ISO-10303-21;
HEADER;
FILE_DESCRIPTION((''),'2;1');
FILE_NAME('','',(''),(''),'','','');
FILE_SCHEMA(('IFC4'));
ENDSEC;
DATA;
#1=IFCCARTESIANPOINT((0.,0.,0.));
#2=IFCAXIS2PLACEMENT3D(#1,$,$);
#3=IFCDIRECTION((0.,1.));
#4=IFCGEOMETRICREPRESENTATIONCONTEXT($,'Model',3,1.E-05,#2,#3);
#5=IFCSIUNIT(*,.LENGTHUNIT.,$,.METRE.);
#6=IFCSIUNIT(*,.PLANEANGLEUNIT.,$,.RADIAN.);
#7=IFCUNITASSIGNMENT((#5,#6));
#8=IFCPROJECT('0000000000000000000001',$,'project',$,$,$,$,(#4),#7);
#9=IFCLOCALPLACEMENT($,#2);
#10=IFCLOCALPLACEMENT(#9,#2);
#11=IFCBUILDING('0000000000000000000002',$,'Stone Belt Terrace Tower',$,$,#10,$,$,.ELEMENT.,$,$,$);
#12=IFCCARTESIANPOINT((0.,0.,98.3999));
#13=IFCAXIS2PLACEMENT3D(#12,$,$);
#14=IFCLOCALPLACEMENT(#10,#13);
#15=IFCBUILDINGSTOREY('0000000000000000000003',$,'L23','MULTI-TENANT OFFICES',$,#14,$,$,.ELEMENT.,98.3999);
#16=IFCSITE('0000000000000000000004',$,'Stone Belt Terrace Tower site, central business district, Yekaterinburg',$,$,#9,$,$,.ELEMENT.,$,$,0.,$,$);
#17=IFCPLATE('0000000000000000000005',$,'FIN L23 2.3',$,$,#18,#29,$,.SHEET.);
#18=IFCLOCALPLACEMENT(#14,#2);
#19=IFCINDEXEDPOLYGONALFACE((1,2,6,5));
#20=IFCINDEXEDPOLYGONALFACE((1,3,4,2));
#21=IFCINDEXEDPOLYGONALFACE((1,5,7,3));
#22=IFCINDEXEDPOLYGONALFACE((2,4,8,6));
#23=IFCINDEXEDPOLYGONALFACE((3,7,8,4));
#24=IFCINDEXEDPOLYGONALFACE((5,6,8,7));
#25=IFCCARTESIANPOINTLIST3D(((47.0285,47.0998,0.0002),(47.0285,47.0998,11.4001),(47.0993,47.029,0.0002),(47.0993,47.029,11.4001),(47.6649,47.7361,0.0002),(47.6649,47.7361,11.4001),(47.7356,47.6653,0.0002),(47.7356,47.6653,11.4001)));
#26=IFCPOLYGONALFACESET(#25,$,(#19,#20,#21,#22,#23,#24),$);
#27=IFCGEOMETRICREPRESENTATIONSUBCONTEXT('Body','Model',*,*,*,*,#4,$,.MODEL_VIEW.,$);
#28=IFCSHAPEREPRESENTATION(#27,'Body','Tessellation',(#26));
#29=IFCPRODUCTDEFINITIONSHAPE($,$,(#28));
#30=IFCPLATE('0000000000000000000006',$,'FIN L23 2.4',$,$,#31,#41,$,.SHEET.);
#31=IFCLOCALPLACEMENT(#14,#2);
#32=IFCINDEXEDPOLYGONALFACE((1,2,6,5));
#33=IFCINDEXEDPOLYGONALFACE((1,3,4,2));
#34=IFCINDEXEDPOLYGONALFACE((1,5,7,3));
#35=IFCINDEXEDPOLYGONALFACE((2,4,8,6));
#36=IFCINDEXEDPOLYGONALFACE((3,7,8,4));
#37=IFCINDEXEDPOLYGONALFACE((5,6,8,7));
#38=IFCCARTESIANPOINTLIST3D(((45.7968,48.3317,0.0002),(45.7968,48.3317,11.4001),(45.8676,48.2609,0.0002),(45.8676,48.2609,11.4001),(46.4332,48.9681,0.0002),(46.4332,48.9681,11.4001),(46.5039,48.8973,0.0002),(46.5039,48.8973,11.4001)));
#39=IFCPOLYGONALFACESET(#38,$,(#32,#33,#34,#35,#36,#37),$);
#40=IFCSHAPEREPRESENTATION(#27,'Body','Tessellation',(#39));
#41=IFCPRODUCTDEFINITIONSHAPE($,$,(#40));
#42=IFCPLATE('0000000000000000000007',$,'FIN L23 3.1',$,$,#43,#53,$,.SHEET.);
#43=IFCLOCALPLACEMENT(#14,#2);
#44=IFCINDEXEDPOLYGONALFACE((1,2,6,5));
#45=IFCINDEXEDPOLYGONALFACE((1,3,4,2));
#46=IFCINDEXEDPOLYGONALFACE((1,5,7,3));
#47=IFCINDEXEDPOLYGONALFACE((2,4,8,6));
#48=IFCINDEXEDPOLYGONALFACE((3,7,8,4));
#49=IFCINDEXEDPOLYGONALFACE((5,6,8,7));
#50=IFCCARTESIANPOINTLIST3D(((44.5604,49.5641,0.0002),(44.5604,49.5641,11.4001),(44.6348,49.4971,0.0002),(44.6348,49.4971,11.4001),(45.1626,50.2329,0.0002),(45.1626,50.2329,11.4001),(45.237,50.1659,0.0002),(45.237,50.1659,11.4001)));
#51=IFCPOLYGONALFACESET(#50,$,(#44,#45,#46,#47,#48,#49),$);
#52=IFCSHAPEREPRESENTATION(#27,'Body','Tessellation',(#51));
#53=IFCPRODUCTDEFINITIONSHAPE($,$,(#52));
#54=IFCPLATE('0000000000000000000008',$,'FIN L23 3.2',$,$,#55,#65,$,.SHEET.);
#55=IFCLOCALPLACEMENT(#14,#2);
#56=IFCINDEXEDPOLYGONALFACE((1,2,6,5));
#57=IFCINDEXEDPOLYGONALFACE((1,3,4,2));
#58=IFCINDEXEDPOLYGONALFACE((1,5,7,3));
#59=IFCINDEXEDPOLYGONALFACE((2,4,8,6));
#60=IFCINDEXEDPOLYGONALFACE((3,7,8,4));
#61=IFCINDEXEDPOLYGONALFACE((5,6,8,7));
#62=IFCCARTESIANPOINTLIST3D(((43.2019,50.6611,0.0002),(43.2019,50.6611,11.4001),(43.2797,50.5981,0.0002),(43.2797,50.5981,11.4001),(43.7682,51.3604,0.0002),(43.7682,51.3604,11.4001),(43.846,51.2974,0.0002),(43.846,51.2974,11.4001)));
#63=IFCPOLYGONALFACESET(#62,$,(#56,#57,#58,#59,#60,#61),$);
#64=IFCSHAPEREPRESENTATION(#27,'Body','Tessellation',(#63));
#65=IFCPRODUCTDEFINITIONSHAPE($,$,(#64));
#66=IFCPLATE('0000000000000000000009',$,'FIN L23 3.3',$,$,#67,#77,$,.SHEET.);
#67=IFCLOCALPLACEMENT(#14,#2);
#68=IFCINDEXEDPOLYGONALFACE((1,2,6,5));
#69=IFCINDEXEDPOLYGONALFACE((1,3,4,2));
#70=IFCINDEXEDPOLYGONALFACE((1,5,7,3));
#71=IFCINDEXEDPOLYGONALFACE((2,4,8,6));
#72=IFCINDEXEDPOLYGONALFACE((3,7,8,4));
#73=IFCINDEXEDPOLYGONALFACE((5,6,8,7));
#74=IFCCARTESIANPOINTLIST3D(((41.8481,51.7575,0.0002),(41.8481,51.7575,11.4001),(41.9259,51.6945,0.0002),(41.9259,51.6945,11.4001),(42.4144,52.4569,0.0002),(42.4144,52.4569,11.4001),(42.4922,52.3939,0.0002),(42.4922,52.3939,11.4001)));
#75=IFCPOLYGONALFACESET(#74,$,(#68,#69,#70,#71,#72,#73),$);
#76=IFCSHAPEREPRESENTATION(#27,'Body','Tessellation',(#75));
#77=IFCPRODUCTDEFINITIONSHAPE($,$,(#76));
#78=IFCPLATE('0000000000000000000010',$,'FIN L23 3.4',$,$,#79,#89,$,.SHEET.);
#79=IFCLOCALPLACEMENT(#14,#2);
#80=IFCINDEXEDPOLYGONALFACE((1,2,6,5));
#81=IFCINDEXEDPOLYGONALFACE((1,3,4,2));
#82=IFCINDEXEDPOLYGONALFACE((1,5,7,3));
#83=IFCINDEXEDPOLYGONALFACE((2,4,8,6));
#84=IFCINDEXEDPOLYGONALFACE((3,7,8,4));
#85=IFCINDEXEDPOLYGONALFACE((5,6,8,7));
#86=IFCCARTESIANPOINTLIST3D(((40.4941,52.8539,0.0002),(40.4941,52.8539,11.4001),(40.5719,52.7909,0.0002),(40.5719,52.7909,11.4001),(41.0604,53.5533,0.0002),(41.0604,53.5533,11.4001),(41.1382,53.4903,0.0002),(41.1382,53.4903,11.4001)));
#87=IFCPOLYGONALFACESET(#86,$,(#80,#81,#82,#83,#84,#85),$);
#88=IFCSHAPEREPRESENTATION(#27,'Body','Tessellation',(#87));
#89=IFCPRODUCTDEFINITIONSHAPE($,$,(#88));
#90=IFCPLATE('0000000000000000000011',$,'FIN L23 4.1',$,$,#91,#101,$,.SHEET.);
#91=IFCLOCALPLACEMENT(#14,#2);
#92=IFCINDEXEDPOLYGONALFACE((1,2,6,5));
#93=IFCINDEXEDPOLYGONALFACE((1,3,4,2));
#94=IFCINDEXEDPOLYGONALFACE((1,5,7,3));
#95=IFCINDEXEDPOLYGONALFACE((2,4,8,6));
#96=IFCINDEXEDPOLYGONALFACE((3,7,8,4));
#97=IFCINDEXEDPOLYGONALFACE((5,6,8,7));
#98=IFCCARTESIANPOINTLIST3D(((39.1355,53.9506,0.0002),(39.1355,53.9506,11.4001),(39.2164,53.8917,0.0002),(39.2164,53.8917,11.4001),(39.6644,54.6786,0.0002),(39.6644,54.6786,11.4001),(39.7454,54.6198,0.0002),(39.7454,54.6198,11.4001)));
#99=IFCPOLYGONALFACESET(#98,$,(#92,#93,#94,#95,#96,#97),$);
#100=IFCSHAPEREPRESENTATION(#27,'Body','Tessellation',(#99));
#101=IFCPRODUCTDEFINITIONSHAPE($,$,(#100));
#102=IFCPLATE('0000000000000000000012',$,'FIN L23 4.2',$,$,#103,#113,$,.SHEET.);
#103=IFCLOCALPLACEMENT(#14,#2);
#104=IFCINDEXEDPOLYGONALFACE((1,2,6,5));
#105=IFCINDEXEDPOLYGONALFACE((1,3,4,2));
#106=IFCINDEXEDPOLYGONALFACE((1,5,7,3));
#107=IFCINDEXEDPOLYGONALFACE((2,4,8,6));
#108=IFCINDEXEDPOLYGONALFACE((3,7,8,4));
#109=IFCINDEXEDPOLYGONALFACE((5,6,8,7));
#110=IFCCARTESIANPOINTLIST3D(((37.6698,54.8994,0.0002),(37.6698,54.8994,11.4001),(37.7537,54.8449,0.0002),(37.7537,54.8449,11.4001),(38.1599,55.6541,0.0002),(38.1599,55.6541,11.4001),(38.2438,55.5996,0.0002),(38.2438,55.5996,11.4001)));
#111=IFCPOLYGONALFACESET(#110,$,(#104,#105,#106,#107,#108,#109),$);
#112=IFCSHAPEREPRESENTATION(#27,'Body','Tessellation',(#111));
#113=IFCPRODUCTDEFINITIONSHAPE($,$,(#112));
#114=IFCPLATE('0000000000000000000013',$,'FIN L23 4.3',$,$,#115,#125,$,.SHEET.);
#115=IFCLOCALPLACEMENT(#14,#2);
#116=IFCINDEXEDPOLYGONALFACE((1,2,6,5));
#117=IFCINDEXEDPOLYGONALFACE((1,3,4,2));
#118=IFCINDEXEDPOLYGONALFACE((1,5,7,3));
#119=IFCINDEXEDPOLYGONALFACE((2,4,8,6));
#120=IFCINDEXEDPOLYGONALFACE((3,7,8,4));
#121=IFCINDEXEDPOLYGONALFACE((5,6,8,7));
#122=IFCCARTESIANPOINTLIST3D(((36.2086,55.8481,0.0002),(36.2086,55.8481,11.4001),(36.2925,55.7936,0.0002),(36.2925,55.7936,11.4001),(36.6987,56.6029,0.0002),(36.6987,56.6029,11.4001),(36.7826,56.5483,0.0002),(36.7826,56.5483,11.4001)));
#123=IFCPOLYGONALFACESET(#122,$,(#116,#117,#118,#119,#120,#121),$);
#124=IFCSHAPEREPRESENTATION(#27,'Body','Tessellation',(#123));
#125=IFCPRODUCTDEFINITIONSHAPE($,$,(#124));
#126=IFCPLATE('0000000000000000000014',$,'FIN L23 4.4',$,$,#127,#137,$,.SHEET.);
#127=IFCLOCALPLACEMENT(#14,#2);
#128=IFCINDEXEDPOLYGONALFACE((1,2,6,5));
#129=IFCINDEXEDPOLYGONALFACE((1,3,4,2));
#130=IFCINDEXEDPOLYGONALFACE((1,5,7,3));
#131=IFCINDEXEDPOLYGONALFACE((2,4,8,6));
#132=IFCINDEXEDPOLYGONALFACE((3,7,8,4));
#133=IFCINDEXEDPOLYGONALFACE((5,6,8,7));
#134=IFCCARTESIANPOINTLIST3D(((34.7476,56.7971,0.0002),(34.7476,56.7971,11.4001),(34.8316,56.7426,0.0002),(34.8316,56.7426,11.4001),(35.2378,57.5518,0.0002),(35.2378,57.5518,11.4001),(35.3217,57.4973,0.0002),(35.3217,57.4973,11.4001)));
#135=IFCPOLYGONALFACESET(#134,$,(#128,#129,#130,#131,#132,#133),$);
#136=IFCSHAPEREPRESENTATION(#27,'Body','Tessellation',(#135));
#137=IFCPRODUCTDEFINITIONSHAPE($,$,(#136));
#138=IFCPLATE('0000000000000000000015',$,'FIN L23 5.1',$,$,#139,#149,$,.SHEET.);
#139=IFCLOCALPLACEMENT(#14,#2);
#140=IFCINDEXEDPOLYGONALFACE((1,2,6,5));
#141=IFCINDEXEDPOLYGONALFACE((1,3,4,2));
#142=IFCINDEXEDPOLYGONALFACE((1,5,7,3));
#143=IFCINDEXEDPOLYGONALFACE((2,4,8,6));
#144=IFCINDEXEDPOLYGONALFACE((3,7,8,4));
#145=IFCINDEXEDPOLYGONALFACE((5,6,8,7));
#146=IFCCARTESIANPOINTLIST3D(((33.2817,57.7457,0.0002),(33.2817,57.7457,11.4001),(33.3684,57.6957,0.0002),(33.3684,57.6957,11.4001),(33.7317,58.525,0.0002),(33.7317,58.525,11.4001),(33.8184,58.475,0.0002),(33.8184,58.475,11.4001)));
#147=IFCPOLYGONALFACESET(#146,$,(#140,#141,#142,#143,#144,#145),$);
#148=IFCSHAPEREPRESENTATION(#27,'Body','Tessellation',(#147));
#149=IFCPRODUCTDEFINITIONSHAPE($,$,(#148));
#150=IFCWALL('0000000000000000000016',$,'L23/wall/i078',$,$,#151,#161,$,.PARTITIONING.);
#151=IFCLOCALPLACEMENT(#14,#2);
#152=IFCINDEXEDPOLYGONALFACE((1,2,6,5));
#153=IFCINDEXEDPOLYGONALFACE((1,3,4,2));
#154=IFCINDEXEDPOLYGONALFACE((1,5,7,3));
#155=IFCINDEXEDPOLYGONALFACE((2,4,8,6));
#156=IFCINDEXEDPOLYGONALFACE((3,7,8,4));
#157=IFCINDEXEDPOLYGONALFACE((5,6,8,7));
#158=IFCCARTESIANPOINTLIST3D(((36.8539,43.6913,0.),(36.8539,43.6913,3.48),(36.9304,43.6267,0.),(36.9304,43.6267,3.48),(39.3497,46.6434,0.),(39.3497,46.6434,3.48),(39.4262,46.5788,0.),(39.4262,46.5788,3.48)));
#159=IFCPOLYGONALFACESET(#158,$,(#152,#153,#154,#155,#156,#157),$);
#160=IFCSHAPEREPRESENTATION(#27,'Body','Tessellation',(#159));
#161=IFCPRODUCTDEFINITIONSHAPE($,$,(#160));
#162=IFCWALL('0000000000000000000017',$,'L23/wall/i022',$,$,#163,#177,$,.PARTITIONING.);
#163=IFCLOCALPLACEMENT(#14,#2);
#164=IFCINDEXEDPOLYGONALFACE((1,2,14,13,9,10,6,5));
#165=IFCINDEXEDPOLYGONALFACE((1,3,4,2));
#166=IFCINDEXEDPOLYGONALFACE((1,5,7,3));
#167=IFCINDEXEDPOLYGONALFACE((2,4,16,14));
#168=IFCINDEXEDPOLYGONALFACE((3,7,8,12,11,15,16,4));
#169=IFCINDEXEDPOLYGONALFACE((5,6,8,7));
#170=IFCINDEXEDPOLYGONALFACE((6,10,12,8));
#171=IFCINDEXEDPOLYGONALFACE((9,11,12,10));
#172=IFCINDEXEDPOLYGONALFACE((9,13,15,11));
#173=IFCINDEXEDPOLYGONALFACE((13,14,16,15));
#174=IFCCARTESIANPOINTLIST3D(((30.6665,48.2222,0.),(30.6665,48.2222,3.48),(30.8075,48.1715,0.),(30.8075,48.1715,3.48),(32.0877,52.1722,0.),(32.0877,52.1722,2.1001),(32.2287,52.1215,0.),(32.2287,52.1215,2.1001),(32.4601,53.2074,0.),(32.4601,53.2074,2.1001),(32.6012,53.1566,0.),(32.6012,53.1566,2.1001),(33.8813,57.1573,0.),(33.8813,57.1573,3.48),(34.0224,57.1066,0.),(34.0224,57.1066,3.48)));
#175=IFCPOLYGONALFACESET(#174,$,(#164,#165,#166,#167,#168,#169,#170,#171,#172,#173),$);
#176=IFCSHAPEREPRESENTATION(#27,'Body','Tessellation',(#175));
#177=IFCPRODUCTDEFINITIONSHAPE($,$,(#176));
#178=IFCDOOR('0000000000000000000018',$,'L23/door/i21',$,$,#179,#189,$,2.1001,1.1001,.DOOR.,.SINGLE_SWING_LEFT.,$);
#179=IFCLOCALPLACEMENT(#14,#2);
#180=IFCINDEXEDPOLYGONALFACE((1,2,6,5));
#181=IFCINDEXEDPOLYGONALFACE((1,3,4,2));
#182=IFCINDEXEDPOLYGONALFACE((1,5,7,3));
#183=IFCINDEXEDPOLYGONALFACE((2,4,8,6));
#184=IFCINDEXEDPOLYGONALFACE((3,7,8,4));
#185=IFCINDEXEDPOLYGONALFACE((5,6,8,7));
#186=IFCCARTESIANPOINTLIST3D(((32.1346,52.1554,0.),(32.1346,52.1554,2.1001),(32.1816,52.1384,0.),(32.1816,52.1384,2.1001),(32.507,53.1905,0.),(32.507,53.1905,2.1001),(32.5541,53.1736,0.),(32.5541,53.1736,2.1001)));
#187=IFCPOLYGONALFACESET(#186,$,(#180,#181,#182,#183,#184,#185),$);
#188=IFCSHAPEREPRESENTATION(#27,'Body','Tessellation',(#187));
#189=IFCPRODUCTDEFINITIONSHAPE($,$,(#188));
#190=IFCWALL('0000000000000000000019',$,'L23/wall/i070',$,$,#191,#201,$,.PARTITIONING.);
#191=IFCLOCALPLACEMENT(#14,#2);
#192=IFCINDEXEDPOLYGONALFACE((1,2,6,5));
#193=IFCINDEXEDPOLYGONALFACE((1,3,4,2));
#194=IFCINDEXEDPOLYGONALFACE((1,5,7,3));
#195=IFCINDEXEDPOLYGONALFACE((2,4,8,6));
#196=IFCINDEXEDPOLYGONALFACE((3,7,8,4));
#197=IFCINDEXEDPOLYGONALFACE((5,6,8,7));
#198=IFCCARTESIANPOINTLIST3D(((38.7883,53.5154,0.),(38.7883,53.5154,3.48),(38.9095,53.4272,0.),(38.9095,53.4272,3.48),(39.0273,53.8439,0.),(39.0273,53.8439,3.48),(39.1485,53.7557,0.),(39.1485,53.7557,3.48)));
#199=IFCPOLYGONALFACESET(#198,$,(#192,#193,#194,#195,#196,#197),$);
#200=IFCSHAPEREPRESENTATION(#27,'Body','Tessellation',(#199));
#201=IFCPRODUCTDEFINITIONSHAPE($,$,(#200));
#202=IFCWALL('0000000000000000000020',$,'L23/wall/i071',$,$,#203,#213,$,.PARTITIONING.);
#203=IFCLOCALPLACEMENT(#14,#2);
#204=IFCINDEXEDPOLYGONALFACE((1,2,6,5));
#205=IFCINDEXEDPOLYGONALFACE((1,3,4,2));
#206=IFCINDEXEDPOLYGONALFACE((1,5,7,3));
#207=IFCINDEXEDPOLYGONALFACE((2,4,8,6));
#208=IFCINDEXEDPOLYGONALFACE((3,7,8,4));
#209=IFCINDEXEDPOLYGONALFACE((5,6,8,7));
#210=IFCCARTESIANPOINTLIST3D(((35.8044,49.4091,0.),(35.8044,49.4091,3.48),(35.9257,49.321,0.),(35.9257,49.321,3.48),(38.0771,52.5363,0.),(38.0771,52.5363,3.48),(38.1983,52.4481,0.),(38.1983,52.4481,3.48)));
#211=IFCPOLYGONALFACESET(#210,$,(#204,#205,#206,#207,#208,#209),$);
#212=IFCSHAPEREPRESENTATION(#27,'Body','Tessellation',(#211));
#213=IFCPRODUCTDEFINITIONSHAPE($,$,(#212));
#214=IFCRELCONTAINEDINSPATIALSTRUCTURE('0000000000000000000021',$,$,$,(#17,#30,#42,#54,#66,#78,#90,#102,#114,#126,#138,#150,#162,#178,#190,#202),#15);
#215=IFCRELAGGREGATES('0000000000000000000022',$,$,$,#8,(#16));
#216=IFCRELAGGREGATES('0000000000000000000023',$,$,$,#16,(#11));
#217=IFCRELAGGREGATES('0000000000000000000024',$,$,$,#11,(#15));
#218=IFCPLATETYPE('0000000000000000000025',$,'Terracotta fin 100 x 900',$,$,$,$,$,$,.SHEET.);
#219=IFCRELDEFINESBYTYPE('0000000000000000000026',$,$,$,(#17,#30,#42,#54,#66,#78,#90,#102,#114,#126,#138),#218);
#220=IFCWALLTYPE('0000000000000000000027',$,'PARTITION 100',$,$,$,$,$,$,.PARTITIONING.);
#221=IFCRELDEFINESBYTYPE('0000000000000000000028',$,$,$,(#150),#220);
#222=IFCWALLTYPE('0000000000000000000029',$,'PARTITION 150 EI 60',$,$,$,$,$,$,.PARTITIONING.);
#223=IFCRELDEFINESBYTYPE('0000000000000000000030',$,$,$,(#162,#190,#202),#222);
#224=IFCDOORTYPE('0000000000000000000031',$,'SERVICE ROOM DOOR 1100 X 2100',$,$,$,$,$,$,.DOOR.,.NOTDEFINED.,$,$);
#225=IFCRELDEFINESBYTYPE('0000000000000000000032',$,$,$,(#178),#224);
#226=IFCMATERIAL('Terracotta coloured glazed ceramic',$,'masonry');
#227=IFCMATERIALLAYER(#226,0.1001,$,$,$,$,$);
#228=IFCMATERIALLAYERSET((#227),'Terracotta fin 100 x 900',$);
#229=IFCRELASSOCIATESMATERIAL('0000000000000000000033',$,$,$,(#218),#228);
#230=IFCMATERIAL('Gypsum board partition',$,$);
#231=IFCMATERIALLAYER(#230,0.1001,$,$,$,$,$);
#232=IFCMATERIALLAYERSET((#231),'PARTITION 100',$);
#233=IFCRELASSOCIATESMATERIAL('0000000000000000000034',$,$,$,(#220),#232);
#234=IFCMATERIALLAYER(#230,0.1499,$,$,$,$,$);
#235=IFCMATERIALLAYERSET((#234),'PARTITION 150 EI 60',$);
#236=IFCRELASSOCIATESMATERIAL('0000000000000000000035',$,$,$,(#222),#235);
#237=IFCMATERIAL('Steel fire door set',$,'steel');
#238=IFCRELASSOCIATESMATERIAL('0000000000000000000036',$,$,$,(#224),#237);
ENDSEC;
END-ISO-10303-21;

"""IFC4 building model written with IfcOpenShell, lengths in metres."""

from ifc_helpers import new_model, si_unit, direction, frame, frame_2d, origin, origin_2d, place, context, subcontext, project, spatial, rectangle, extrude, material, layer, layer_set, type_object, element, fill, save


model = new_model("IFC4")

# Units and contexts
model_context = context("Model", 3, precision=1e-05, world=origin(), true_north=direction((0.0, 1.0)))
body_context = subcontext(model_context, "Body", "Model", "MODEL_VIEW")
ifc_project = project(units=[si_unit("LENGTHUNIT", "METRE"), si_unit("PLANEANGLEUNIT", "RADIAN")], contexts=[model_context])

# Site, building, storey
site_placement = place(None, origin())
site = spatial("IfcSite", under=ifc_project, at=site_placement, Name="Stone Belt Terrace Tower site, central business district, Yekaterinburg", CompositionType="ELEMENT", RefElevation=0.0)
building_placement = place(site_placement, origin())
building = spatial("IfcBuilding", under=site, at=building_placement, Name="Stone Belt Terrace Tower", CompositionType="ELEMENT")
storey_placement = place(building_placement, frame((0.0, 0.0, 98.3999)))
storey = spatial("IfcBuildingStorey", under=building, at=storey_placement, Name="L23", Description="MULTI-TENANT OFFICES", CompositionType="ELEMENT", Elevation=98.3999)

# Plates
ifc_material_1 = material(Name="Terracotta coloured glazed ceramic", Category="masonry")
ifc_layer_1 = layer(ifc_material_1, 0.1001)
ifc_layer_set_1 = layer_set([ifc_layer_1], Name="Terracotta fin 100 x 900")
plate_type_1 = type_object("IfcPlateType", Name="Terracotta fin 100 x 900", PredefinedType="SHEET", material=ifc_layer_set_1)
for number, where, z_axis, x_axis, name in (
    (1, (47.3821, 47.3826, 0.0002), (0.0, 0.0, 1.0), (0.707107, 0.707107, 0.0), "FIN L23 2.3"),
    (2, (46.1504, 48.6145, 0.0002), (0.0, 0.0, 1.0), (0.707107, 0.707107, 0.0), "FIN L23 2.4"),
    (3, (44.8987, 49.865, 0.0002), (0.0, 0.0, 1.0), (0.669131, 0.743145, 0.0), "FIN L23 3.1"),
    (4, (43.5239, 50.9792, 0.0002), (0.0, 0.0, 1.0), (0.62932, 0.777146, 0.0), "FIN L23 3.2"),
    (5, (42.1702, 52.0757, 0.0002), (0.0, 0.0, 1.0), (0.62932, 0.777146, 0.0), "FIN L23 3.3"),
    (6, (40.8162, 53.1721, 0.0002), (0.0, 0.0, 1.0), (0.62932, 0.777146, 0.0), "FIN L23 3.4"),
    (7, (39.4404, 54.2852, 0.0002), (0.0, 0.0, 1.0), (0.587785, 0.809017, 0.0), "FIN L23 4.1"),
    (8, (37.9568, 55.2495, 0.0002), (0.0, 0.0, 1.0), (0.544639, 0.838671, 0.0), "FIN L23 4.2"),
    (9, (36.4956, 56.1982, 0.0002), (0.0, 0.0, 1.0), (0.544639, 0.838671, 0.0), "FIN L23 4.3"),
    (10, (35.0347, 57.1472, 0.0002), (0.0, 0.0, 1.0), (0.544639, 0.838671, 0.0), "FIN L23 4.4"),
    (11, (33.55, 58.1104, 0.0002), (0.0, 0.0, 1.0), (0.5, 0.866025, 0.0), "FIN L23 5.1"),
):
    element("IfcPlate", number, at=place(storey_placement, frame(where, z_axis=z_axis, x_axis=x_axis)), inside=storey, type_object=plate_type_1, Name=name, PredefinedType="SHEET", context=body_context, shape_type="SweptSolid", body=[
        extrude(rectangle(XDim=0.8999, YDim=0.1001, at=origin_2d()), origin(), (0.0, 0.0, 1.0), 11.3999),
    ])

# Wall
ifc_material_2 = material(Name="Gypsum board partition")
ifc_layer_2 = layer(ifc_material_2, 0.1001)
ifc_layer_set_2 = layer_set([ifc_layer_2], Name="PARTITION 100")
wall_type_1 = type_object("IfcWallType", Name="PARTITION 100", PredefinedType="PARTITIONING", material=ifc_layer_set_2)
wall_1_placement = place(storey_placement, frame((39.3879, 46.6111, 0.0), z_axis=(0.0, 0.0, 1.0), x_axis=(-0.645622, -0.763657, 0.0)))
element("IfcWall", 12, at=wall_1_placement, inside=storey, type_object=wall_type_1, Name="L23/wall/i078", PredefinedType="PARTITIONING", context=body_context, shape_type="SweptSolid", body=[
    extrude(rectangle(XDim=3.8657, YDim=0.1001, at=frame_2d((1.9329, 0.0))), origin(), (0.0, 0.0, 1.0), 3.48),
])

# Wall, opening, door
ifc_layer_3 = layer(ifc_material_2, 0.1499)
ifc_layer_set_3 = layer_set([ifc_layer_3], Name="PARTITION 150 EI 60")
wall_type_2 = type_object("IfcWallType", Name="PARTITION 150 EI 60", PredefinedType="PARTITIONING", material=ifc_layer_set_3)
wall_2_placement = place(storey_placement, frame((33.9519, 57.1321, 0.0), z_axis=(0.0, 0.0, 1.0), x_axis=(-0.338554, -0.940947, 0.0)))
wall_2 = element("IfcWall", 13, at=wall_2_placement, inside=storey, type_object=wall_type_2, Name="L23/wall/i022", PredefinedType="PARTITIONING", context=body_context, shape_type="SweptSolid", body=[
    extrude(rectangle(XDim=9.4958, YDim=0.1499, at=frame_2d((4.748, 0.0))), origin(), (0.0, 0.0, 1.0), 3.48),
])
opening_placement = place(wall_2_placement, frame((4.198, 0.0, 0.0)))
opening = element("IfcOpeningElement", 14, at=opening_placement, cuts=wall_2, PredefinedType="OPENING", context=body_context, shape_type="SweptSolid", body=[
    extrude(rectangle(XDim=1.1001, YDim=2.1001, at=frame_2d((0.55, 1.05))), frame((0.0, 0.085, 0.0), z_axis=(0.0, -1.0, 0.0), x_axis=(1.0, 0.0, 0.0)), (0.0, 0.0, 1.0), 0.1699),
])
ifc_material_3 = material(Name="Steel fire door set", Category="steel")
door_type = type_object("IfcDoorType", Name="SERVICE ROOM DOOR 1100 X 2100", OperationType="NOTDEFINED", PredefinedType="DOOR", material=ifc_material_3)
door_placement = place(opening_placement, origin())
door = element("IfcDoor", 15, at=door_placement, inside=storey, type_object=door_type, Name="L23/door/i21", OperationType="SINGLE_SWING_LEFT", OverallHeight=2.1001, OverallWidth=1.1001, PredefinedType="DOOR", context=body_context, shape_type="SweptSolid", body=[
    extrude(rectangle(XDim=1.1001, YDim=2.1001, at=frame_2d((0.55, 1.05))), frame((0.0, 0.0249, 0.0), z_axis=(0.0, -1.0, 0.0), x_axis=(1.0, 0.0, 0.0)), (0.0, 0.0, 1.0), 0.05),
])
fill(opening, door)

# Walls
wall_3_placement = place(storey_placement, frame((39.0879, 53.7998, 0.0), z_axis=(0.0, 0.0, 1.0), x_axis=(-0.588207, -0.80871, 0.0)))
element("IfcWall", 16, at=wall_3_placement, inside=storey, type_object=wall_type_2, Name="L23/wall/i070", PredefinedType="PARTITIONING", context=body_context, shape_type="SweptSolid", body=[
    extrude(rectangle(XDim=0.4062, YDim=0.1499, at=frame_2d((0.2031, 0.0))), origin(), (0.0, 0.0, 1.0), 3.48),
])
wall_4_placement = place(storey_placement, frame((38.1377, 52.4922, 0.0), z_axis=(0.0, 0.0, 1.0), x_axis=(-0.587898, -0.808935, 0.0)))
element("IfcWall", 17, at=wall_4_placement, inside=storey, type_object=wall_type_2, Name="L23/wall/i071", PredefinedType="PARTITIONING", context=body_context, shape_type="SweptSolid", body=[
    extrude(rectangle(XDim=3.8657, YDim=0.1499, at=frame_2d((1.9329, 0.0))), origin(), (0.0, 0.0, 1.0), 3.48),
])

save(model, "model.ifc")
